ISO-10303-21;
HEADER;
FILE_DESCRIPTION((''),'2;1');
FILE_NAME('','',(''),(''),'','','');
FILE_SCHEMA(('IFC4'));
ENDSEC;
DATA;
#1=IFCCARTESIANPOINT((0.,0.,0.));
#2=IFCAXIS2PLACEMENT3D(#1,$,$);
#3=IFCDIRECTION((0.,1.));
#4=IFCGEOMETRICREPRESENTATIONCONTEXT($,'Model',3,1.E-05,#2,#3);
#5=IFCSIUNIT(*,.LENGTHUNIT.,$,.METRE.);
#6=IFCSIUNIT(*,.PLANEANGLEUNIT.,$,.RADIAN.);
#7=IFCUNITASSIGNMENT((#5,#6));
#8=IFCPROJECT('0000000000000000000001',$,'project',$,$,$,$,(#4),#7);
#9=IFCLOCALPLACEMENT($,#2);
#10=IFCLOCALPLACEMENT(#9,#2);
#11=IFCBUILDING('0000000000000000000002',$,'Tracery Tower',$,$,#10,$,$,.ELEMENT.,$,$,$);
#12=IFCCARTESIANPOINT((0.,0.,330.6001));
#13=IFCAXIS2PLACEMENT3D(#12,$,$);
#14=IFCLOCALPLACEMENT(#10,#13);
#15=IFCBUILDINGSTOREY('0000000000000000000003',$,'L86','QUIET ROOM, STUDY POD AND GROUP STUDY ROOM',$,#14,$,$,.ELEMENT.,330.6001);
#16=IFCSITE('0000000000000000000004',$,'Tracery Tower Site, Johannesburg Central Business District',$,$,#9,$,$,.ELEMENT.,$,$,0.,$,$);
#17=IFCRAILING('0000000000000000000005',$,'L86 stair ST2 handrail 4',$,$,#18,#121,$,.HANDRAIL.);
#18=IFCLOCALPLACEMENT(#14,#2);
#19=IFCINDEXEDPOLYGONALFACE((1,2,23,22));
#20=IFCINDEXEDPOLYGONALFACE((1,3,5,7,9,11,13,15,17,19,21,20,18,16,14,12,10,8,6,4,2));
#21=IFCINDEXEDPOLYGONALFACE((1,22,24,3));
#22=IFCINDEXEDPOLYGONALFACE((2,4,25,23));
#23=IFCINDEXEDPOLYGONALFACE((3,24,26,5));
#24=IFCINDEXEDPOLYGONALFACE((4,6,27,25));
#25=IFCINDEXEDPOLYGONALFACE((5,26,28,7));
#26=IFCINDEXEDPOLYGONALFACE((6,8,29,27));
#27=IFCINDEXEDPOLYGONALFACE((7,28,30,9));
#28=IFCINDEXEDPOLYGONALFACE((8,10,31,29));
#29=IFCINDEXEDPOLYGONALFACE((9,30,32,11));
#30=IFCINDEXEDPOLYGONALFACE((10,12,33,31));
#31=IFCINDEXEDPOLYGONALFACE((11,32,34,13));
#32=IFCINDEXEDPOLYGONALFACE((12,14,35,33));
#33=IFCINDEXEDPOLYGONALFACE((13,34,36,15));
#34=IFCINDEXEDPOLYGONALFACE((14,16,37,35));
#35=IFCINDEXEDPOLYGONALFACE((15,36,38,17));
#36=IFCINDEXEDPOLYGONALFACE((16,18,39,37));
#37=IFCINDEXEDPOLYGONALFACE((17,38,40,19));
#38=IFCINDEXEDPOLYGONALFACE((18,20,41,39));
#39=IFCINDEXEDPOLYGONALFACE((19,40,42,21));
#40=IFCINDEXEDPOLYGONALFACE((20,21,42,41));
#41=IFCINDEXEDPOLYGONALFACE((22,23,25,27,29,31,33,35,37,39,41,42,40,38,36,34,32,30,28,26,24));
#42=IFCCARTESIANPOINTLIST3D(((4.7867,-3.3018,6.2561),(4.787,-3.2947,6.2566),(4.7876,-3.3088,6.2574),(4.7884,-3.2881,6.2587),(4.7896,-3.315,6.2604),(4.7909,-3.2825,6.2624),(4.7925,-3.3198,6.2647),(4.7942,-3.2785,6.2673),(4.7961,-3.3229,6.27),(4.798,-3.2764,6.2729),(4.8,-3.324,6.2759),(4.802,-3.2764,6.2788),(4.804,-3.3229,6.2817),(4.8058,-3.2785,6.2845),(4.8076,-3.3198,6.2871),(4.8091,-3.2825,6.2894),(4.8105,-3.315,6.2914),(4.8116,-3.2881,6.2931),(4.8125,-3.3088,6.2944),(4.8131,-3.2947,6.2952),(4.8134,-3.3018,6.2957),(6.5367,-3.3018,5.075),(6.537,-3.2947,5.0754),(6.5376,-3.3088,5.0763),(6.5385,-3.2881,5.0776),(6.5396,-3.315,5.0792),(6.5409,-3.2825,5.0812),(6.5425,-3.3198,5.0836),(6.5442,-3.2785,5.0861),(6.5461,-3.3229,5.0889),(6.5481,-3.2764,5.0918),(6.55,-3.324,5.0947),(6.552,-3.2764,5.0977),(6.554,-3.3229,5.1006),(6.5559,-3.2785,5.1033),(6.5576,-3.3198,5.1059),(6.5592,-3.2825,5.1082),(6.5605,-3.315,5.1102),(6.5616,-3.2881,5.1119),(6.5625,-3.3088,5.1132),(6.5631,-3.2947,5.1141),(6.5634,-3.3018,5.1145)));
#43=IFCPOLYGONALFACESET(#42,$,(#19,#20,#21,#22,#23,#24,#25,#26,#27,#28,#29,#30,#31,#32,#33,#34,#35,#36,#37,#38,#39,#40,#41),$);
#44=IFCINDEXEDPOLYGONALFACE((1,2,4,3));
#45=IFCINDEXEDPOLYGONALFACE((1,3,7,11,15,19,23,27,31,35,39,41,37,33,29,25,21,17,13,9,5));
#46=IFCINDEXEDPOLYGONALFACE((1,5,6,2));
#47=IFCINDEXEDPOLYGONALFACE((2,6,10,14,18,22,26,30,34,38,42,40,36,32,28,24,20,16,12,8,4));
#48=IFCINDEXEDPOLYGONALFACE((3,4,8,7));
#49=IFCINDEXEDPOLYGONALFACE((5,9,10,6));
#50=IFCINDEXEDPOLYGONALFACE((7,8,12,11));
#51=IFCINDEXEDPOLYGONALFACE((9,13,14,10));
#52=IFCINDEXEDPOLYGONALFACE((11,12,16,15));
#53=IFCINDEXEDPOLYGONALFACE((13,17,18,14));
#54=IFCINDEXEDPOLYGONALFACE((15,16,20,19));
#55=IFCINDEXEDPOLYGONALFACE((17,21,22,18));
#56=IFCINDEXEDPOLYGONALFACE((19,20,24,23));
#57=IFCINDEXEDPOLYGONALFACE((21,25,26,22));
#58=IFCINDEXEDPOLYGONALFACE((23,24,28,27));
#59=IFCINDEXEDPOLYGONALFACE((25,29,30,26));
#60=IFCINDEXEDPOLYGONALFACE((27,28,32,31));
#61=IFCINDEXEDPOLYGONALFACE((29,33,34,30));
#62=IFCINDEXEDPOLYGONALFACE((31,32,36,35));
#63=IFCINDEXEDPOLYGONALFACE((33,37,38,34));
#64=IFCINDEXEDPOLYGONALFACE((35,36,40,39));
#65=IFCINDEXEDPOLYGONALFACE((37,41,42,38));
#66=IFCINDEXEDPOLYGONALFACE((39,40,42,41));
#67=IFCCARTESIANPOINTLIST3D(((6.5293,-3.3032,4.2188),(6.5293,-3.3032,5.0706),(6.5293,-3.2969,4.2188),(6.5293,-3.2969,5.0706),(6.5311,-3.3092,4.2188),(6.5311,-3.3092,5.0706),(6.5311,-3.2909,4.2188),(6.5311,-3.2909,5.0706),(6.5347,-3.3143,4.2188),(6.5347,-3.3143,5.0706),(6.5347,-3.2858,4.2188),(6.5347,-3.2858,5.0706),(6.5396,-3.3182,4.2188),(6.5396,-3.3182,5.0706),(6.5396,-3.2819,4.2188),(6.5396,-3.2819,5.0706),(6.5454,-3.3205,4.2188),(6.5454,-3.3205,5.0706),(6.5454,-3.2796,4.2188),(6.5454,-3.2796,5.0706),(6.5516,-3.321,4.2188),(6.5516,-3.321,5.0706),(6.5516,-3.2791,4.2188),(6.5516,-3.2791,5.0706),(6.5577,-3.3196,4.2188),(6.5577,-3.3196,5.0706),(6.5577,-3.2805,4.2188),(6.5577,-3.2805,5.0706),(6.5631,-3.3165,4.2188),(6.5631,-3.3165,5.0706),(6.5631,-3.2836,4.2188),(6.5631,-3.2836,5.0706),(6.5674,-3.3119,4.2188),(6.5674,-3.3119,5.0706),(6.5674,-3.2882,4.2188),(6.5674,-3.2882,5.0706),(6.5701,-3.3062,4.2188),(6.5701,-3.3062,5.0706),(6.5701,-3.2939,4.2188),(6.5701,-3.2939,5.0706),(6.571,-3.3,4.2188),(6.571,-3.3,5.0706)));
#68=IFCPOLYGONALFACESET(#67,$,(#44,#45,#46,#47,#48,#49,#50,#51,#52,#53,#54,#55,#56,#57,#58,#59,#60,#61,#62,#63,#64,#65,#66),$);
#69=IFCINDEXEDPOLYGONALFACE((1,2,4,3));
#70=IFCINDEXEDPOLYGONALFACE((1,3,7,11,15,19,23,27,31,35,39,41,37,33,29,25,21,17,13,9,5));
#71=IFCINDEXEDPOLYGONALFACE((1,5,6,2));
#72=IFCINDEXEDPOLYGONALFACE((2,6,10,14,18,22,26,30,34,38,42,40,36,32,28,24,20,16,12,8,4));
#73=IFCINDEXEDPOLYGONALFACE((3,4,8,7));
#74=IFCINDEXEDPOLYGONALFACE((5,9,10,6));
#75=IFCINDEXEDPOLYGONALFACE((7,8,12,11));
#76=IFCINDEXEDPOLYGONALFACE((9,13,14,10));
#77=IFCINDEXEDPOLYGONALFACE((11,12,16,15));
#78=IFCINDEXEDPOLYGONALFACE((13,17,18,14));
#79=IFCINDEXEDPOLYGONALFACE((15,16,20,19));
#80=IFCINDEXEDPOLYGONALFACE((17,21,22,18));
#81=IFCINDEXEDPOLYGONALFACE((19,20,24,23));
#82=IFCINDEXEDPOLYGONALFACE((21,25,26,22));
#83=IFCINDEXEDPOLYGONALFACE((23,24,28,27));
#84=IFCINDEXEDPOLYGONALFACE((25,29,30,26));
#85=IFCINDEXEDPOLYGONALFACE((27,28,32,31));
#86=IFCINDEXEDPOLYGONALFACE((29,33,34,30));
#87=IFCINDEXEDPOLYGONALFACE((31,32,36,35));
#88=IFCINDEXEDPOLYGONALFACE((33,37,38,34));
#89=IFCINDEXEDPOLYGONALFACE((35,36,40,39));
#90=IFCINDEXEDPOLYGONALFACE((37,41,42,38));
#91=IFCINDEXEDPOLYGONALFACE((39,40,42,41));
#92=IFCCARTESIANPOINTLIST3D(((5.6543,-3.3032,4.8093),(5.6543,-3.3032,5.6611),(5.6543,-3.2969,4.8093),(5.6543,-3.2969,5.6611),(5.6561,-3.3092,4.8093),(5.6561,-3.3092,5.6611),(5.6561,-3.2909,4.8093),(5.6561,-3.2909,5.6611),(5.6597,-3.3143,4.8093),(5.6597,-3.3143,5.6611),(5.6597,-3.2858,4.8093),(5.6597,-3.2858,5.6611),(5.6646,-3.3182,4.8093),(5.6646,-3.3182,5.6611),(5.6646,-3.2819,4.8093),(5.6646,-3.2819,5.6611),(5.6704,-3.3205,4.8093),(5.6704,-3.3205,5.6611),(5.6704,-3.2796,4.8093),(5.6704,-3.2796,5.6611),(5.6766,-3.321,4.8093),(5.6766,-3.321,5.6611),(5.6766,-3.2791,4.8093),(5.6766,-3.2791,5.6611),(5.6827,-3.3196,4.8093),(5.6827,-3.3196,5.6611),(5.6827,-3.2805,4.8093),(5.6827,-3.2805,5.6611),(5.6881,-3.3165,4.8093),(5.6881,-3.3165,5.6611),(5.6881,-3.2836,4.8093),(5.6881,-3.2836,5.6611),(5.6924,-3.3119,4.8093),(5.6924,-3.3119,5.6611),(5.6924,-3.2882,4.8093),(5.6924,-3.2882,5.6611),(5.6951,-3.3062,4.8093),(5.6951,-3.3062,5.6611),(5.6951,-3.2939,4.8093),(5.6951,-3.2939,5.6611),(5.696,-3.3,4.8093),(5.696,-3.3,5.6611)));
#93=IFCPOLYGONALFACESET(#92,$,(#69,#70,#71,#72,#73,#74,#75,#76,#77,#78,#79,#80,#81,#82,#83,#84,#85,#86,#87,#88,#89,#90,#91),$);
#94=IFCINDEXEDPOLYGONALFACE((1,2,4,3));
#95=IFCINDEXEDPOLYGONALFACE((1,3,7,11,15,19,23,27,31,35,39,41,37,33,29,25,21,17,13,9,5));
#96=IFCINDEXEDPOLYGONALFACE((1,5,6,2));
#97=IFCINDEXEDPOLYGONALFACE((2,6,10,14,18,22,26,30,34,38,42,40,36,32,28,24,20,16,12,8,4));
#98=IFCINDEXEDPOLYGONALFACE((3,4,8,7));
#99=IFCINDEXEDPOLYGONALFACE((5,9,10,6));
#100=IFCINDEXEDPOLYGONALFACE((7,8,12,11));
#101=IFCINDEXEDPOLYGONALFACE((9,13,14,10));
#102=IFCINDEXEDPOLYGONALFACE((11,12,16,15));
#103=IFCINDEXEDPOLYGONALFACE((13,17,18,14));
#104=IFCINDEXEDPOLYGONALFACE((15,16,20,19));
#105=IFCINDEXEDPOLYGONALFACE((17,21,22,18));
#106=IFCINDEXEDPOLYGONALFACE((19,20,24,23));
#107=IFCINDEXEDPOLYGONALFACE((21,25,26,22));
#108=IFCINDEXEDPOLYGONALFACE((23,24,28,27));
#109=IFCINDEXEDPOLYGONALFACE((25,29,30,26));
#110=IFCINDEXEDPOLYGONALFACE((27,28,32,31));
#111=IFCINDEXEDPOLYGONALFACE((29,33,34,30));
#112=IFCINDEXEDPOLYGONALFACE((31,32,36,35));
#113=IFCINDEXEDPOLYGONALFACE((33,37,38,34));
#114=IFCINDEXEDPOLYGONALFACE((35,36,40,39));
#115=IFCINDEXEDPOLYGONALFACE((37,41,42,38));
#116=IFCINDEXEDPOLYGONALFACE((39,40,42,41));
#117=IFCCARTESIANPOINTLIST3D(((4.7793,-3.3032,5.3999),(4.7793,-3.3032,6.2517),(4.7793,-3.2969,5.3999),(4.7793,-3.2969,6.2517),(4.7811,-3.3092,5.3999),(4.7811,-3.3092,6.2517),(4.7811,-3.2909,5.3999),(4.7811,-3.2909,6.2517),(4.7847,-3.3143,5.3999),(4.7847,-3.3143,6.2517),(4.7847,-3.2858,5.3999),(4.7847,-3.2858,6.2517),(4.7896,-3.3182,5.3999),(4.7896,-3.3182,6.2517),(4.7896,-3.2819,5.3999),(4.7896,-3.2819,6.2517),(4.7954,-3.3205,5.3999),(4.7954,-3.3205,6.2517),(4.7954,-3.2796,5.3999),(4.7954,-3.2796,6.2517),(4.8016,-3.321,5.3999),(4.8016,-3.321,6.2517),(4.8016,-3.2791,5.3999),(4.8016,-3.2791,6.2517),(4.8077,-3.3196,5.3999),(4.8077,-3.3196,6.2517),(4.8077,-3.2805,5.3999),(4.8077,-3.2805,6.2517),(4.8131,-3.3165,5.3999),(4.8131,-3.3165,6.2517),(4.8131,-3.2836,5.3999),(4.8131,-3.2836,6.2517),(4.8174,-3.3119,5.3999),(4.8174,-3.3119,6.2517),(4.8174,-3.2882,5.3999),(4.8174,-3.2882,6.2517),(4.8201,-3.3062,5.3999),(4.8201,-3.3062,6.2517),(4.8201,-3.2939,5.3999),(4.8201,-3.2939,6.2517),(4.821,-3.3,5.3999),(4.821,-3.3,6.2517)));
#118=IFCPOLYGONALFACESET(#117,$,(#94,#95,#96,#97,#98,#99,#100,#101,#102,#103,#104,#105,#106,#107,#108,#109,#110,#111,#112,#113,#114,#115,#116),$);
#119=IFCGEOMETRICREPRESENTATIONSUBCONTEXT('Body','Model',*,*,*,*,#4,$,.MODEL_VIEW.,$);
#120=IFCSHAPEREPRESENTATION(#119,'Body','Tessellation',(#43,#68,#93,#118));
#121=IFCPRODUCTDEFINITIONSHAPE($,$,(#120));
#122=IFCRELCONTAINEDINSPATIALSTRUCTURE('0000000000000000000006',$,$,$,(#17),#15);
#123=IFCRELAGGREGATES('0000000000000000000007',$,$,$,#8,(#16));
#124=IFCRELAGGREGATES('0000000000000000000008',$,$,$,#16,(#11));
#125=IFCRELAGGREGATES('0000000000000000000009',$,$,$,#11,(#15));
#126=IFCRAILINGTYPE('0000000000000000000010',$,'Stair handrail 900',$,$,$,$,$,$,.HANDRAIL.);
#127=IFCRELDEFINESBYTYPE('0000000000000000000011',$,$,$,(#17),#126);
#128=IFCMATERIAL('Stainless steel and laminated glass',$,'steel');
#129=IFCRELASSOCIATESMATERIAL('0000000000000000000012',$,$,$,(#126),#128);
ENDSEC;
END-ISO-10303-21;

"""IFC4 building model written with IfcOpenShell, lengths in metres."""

from ifc_helpers import new_model, si_unit, direction, frame, origin, origin_2d, place, context, subcontext, project, spatial, circle, extrude, material, type_object, element, save


model = new_model("IFC4")

# Units and contexts
model_context = context("Model", 3, precision=1e-05, world=origin(), true_north=direction((0.0, 1.0)))
body_context = subcontext(model_context, "Body", "Model", "MODEL_VIEW")
ifc_project = project(units=[si_unit("LENGTHUNIT", "METRE"), si_unit("PLANEANGLEUNIT", "RADIAN")], contexts=[model_context])

# Site, building, storey
site_placement = place(None, origin())
site = spatial("IfcSite", under=ifc_project, at=site_placement, Name="Tracery Tower Site, Johannesburg Central Business District", CompositionType="ELEMENT", RefElevation=0.0)
building_placement = place(site_placement, origin())
building = spatial("IfcBuilding", under=site, at=building_placement, Name="Tracery Tower", CompositionType="ELEMENT")
storey_placement = place(building_placement, frame((0.0, 0.0, 330.6001)))
storey = spatial("IfcBuildingStorey", under=building, at=storey_placement, Name="L86", Description="QUIET ROOM, STUDY POD AND GROUP STUDY ROOM", CompositionType="ELEMENT", Elevation=330.6001)

# Railing
ifc_material_1 = material(Name="Stainless steel and laminated glass", Category="steel")
railing_type_1 = type_object("IfcRailingType", Name="Stair handrail 900", PredefinedType="HANDRAIL", material=ifc_material_1)
railing_1_placement = place(storey_placement, frame((6.55, -3.3, 4.2188)))
element("IfcRailing", 1, at=railing_1_placement, inside=storey, type_object=railing_type_1, Name="L86 stair ST2 handrail 4", PredefinedType="HANDRAIL", context=body_context, shape_type="SweptSolid", body=[
    extrude(circle(Radius=0.0239, at=origin_2d()), frame((0.0, 0.0, 0.876), z_axis=(-0.82887, 0.0, 0.559441), x_axis=(0.0, -1.0, 0.0)), (0.0, 0.0, 1.0), 2.1113),
    extrude(circle(Radius=0.021, at=origin_2d()), origin(), (0.0, 0.0, 1.0), 0.8518),
    extrude(circle(Radius=0.021, at=origin_2d()), frame((-0.875, 0.0, 0.5906)), (0.0, 0.0, 1.0), 0.8518),
    extrude(circle(Radius=0.021, at=origin_2d()), frame((-1.75, 0.0, 1.1812)), (0.0, 0.0, 1.0), 0.8518),
])

save(model, "model.ifc")
